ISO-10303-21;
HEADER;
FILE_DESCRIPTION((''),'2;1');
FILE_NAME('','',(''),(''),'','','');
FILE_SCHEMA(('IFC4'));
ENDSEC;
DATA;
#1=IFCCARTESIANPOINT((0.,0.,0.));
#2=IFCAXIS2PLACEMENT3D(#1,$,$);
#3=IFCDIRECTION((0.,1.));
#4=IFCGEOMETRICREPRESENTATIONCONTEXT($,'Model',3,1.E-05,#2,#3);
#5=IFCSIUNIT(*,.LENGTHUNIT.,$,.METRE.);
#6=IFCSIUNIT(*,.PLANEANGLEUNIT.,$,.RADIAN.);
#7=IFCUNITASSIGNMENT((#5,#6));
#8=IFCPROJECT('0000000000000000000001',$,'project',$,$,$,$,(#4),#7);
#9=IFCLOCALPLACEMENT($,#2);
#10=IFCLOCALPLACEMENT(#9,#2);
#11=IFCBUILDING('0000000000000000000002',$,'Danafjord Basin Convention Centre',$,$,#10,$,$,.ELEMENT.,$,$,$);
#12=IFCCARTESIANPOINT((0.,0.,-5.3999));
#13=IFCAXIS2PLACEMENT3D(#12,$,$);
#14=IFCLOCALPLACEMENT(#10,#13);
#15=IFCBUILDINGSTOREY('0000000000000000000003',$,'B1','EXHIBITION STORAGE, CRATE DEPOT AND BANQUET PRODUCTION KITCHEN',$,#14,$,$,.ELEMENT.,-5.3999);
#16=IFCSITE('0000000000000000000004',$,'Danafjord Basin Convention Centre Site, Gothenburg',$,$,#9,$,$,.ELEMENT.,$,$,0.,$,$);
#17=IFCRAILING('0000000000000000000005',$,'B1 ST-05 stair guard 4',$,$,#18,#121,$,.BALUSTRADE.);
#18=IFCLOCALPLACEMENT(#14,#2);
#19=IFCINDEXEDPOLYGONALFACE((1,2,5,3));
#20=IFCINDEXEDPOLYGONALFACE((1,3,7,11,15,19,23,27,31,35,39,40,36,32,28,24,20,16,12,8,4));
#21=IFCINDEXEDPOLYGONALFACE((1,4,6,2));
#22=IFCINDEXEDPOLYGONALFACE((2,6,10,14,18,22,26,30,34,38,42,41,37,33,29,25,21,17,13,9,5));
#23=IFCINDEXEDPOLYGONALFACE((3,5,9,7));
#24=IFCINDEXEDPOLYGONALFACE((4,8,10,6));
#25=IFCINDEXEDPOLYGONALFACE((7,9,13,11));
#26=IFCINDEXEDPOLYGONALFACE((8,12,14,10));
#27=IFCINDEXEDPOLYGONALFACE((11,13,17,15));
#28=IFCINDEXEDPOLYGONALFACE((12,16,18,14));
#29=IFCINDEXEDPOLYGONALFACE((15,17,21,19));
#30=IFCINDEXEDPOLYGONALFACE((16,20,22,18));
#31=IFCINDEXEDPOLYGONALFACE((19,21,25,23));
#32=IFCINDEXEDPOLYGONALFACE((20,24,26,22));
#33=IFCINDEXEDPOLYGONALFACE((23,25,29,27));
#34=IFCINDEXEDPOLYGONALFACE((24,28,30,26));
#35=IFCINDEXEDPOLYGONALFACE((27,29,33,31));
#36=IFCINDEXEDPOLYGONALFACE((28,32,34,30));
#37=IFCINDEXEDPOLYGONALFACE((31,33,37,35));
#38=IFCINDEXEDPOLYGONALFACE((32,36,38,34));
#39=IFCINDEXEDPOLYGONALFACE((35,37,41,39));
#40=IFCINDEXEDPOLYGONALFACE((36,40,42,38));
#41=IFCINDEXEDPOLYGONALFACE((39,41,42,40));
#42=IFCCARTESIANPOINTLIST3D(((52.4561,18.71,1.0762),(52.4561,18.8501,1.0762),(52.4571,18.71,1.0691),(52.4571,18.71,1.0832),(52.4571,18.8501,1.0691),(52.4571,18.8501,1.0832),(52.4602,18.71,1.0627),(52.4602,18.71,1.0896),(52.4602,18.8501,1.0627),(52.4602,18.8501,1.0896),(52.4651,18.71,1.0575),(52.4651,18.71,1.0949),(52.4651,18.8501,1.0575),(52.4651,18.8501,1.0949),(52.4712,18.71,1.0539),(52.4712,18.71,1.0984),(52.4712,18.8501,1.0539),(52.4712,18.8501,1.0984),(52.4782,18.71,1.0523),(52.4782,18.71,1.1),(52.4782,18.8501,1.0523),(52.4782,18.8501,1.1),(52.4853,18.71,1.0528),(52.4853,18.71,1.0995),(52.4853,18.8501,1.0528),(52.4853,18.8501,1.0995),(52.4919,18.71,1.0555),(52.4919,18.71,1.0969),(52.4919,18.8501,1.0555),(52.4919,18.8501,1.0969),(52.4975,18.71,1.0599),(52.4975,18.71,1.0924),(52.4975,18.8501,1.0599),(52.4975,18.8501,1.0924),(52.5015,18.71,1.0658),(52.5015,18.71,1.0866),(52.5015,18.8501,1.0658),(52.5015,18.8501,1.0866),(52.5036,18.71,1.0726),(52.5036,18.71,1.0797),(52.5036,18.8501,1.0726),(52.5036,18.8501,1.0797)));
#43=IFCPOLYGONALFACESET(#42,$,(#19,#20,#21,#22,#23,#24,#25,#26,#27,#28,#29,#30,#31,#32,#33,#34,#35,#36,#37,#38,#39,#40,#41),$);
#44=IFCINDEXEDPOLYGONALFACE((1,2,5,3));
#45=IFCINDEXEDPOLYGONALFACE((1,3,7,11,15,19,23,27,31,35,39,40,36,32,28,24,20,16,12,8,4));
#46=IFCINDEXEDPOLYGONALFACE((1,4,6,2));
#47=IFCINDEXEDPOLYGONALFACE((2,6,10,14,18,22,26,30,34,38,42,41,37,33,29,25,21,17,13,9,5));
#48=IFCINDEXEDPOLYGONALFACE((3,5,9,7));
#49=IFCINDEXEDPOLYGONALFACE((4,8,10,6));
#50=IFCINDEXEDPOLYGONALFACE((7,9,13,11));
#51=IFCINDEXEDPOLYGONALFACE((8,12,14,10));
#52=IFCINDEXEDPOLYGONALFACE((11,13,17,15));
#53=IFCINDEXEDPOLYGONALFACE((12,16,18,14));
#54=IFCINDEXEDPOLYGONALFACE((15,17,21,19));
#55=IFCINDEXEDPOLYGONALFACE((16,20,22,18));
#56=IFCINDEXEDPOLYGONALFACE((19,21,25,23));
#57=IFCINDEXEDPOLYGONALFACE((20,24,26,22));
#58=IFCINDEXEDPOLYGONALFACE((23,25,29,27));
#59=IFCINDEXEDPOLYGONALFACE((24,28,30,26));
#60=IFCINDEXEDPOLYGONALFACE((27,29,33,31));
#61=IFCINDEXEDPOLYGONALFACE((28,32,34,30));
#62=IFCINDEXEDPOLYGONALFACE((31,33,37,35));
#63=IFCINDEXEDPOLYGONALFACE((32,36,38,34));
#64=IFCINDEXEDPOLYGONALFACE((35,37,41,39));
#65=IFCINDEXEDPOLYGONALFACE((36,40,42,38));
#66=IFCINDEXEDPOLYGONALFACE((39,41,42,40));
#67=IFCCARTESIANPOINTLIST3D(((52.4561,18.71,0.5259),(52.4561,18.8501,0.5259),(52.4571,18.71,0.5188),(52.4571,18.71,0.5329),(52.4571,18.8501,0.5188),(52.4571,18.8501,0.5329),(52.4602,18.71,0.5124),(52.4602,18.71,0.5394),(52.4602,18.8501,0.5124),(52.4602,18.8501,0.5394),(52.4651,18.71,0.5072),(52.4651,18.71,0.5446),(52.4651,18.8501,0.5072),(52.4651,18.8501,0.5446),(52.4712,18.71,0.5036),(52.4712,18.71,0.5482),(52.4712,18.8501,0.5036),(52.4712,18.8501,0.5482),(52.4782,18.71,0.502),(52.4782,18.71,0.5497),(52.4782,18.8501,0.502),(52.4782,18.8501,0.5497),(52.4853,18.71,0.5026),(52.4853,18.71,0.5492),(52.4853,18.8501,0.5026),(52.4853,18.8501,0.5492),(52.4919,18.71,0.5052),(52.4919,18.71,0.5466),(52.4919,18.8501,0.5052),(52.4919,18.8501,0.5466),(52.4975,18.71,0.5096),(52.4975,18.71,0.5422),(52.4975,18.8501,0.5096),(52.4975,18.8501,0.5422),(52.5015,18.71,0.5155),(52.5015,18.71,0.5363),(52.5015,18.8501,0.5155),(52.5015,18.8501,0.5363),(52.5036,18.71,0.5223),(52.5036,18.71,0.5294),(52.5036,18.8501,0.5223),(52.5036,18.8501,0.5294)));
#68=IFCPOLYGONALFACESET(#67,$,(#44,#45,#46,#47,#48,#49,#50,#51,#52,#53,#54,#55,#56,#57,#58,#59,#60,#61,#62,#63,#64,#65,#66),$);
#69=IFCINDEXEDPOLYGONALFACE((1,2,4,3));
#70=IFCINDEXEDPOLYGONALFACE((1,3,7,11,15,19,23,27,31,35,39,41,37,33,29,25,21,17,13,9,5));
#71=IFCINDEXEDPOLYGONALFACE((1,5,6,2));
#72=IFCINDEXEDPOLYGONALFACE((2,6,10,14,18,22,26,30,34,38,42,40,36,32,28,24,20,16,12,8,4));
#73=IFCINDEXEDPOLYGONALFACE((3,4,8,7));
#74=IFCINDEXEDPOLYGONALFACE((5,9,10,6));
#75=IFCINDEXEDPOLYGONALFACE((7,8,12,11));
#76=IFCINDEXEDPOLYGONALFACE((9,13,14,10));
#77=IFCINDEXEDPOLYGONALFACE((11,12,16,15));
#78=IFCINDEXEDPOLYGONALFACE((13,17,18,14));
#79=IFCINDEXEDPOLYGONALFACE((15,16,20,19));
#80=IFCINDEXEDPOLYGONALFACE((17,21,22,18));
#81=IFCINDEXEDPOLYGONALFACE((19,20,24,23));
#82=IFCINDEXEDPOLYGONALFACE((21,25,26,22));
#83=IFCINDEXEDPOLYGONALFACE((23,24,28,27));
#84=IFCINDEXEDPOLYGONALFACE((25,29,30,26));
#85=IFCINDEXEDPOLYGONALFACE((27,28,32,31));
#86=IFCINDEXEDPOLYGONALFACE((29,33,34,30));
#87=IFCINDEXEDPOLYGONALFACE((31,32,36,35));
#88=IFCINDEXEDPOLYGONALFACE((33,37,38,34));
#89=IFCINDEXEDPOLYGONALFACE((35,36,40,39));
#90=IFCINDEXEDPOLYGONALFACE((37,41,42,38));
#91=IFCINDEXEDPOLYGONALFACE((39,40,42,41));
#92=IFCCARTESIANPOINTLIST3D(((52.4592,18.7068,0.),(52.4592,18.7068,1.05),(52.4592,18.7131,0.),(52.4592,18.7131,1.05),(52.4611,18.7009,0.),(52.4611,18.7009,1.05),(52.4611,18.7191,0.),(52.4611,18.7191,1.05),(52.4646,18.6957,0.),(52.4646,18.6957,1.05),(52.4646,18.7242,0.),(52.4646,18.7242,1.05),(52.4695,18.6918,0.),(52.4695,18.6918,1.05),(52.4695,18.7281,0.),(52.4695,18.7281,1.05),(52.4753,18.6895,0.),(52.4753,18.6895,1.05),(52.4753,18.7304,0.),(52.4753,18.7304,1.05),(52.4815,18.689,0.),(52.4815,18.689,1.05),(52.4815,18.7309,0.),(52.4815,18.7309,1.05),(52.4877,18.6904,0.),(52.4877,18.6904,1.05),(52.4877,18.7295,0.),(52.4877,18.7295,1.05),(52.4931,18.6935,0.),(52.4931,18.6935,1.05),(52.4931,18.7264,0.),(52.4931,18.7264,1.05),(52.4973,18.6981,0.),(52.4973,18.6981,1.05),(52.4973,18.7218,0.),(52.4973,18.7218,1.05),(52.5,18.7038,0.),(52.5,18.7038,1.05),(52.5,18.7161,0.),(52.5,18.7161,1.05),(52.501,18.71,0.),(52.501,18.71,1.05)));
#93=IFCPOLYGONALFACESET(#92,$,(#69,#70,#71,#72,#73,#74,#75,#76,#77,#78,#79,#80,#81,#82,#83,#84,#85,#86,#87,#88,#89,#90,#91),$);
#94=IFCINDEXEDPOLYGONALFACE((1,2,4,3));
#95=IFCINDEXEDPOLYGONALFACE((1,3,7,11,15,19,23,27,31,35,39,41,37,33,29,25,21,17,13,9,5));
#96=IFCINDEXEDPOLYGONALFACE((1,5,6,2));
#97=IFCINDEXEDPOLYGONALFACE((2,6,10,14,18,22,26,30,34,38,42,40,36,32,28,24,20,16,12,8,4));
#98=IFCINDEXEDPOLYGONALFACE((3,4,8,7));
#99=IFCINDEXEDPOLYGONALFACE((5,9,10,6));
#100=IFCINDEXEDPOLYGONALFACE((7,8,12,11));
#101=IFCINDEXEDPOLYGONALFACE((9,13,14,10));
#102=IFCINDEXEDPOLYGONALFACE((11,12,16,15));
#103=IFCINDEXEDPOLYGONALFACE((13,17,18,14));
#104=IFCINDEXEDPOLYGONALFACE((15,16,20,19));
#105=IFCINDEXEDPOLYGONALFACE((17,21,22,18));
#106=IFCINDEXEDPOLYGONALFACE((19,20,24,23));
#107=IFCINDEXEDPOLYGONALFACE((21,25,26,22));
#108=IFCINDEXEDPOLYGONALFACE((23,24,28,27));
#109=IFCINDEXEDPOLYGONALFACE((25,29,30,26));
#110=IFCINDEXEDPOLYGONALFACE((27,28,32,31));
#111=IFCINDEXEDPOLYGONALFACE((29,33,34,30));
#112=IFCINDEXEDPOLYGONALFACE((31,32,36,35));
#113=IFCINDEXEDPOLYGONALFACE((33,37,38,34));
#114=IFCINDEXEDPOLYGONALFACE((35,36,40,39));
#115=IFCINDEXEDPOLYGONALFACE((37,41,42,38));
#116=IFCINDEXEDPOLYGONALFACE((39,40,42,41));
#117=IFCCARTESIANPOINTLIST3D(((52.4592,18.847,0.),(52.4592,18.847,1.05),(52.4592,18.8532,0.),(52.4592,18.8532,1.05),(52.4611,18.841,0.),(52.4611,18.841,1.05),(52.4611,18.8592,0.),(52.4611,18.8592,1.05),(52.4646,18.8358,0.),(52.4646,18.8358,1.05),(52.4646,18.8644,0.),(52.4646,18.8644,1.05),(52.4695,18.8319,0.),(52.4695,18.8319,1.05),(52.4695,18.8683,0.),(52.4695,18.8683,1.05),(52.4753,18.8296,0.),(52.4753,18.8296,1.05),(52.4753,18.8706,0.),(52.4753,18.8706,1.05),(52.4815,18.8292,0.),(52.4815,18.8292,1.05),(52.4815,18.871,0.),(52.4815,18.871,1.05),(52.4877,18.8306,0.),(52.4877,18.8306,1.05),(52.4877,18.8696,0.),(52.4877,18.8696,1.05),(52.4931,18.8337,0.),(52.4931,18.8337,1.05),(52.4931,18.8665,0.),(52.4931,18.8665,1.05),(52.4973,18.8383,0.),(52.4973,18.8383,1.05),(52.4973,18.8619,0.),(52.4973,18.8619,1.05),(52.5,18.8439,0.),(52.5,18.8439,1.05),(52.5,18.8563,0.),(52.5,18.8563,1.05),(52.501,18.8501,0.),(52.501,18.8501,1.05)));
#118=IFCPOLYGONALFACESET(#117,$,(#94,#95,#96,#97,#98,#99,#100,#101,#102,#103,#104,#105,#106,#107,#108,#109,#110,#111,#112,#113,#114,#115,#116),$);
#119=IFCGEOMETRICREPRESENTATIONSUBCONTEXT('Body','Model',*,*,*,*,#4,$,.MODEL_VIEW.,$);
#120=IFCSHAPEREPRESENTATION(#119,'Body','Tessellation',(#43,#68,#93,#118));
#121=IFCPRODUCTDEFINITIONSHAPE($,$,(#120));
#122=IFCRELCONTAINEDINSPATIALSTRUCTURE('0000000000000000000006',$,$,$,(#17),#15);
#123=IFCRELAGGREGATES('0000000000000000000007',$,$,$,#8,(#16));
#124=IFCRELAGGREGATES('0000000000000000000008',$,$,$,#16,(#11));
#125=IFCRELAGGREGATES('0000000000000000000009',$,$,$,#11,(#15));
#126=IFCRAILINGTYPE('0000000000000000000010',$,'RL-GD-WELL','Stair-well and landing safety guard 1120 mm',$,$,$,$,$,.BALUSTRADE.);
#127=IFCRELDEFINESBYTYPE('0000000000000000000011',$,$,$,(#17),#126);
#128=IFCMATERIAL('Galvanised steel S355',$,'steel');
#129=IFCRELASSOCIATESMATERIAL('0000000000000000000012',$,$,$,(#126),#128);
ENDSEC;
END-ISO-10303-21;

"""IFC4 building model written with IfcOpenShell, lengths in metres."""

from ifc_helpers import new_model, si_unit, direction, frame, origin, origin_2d, place, context, subcontext, project, spatial, circle, extrude, material, type_object, element, save


model = new_model("IFC4")

# Units and contexts
model_context = context("Model", 3, precision=1e-05, world=origin(), true_north=direction((0.0, 1.0)))
body_context = subcontext(model_context, "Body", "Model", "MODEL_VIEW")
ifc_project = project(units=[si_unit("LENGTHUNIT", "METRE"), si_unit("PLANEANGLEUNIT", "RADIAN")], contexts=[model_context])

# Site, building, storey
site_placement = place(None, origin())
site = spatial("IfcSite", under=ifc_project, at=site_placement, Name="Danafjord Basin Convention Centre Site, Gothenburg", CompositionType="ELEMENT", RefElevation=0.0)
building_placement = place(site_placement, origin())
building = spatial("IfcBuilding", under=site, at=building_placement, Name="Danafjord Basin Convention Centre", CompositionType="ELEMENT")
storey_placement = place(building_placement, frame((0.0, 0.0, -5.3999)))
storey = spatial("IfcBuildingStorey", under=building, at=storey_placement, Name="B1", Description="EXHIBITION STORAGE, CRATE DEPOT AND BANQUET PRODUCTION KITCHEN", CompositionType="ELEMENT", Elevation=-5.3999)

# Railing
ifc_material_1 = material(Name="Galvanised steel S355", Category="steel")
railing_type_1 = type_object("IfcRailingType", Name="RL-GD-WELL", Description="Stair-well and landing safety guard 1120 mm", PredefinedType="BALUSTRADE", material=ifc_material_1)
railing_1_placement = place(storey_placement, frame((52.48, 18.71, 0.0)))
element("IfcRailing", 1, at=railing_1_placement, inside=storey, type_object=railing_type_1, Name="B1 ST-05 stair guard 4", PredefinedType="BALUSTRADE", context=body_context, shape_type="SweptSolid", body=[
    extrude(circle(Radius=0.0239, at=origin_2d()), frame((0.0, 0.0, 1.0762), z_axis=(0.0, 1.0, 0.0), x_axis=(-1.0, 0.0, 0.0)), (0.0, 0.0, 1.0), 0.1401),
    extrude(circle(Radius=0.0239, at=origin_2d()), frame((0.0, 0.0, 0.5259), z_axis=(0.0, 1.0, 0.0), x_axis=(-1.0, 0.0, 0.0)), (0.0, 0.0, 1.0), 0.1401),
    extrude(circle(Radius=0.021, at=origin_2d()), origin(), (0.0, 0.0, 1.0), 1.05),
    extrude(circle(Radius=0.021, at=origin_2d()), frame((0.0, 0.1401, 0.0)), (0.0, 0.0, 1.0), 1.05),
])

save(model, "model.ifc")
